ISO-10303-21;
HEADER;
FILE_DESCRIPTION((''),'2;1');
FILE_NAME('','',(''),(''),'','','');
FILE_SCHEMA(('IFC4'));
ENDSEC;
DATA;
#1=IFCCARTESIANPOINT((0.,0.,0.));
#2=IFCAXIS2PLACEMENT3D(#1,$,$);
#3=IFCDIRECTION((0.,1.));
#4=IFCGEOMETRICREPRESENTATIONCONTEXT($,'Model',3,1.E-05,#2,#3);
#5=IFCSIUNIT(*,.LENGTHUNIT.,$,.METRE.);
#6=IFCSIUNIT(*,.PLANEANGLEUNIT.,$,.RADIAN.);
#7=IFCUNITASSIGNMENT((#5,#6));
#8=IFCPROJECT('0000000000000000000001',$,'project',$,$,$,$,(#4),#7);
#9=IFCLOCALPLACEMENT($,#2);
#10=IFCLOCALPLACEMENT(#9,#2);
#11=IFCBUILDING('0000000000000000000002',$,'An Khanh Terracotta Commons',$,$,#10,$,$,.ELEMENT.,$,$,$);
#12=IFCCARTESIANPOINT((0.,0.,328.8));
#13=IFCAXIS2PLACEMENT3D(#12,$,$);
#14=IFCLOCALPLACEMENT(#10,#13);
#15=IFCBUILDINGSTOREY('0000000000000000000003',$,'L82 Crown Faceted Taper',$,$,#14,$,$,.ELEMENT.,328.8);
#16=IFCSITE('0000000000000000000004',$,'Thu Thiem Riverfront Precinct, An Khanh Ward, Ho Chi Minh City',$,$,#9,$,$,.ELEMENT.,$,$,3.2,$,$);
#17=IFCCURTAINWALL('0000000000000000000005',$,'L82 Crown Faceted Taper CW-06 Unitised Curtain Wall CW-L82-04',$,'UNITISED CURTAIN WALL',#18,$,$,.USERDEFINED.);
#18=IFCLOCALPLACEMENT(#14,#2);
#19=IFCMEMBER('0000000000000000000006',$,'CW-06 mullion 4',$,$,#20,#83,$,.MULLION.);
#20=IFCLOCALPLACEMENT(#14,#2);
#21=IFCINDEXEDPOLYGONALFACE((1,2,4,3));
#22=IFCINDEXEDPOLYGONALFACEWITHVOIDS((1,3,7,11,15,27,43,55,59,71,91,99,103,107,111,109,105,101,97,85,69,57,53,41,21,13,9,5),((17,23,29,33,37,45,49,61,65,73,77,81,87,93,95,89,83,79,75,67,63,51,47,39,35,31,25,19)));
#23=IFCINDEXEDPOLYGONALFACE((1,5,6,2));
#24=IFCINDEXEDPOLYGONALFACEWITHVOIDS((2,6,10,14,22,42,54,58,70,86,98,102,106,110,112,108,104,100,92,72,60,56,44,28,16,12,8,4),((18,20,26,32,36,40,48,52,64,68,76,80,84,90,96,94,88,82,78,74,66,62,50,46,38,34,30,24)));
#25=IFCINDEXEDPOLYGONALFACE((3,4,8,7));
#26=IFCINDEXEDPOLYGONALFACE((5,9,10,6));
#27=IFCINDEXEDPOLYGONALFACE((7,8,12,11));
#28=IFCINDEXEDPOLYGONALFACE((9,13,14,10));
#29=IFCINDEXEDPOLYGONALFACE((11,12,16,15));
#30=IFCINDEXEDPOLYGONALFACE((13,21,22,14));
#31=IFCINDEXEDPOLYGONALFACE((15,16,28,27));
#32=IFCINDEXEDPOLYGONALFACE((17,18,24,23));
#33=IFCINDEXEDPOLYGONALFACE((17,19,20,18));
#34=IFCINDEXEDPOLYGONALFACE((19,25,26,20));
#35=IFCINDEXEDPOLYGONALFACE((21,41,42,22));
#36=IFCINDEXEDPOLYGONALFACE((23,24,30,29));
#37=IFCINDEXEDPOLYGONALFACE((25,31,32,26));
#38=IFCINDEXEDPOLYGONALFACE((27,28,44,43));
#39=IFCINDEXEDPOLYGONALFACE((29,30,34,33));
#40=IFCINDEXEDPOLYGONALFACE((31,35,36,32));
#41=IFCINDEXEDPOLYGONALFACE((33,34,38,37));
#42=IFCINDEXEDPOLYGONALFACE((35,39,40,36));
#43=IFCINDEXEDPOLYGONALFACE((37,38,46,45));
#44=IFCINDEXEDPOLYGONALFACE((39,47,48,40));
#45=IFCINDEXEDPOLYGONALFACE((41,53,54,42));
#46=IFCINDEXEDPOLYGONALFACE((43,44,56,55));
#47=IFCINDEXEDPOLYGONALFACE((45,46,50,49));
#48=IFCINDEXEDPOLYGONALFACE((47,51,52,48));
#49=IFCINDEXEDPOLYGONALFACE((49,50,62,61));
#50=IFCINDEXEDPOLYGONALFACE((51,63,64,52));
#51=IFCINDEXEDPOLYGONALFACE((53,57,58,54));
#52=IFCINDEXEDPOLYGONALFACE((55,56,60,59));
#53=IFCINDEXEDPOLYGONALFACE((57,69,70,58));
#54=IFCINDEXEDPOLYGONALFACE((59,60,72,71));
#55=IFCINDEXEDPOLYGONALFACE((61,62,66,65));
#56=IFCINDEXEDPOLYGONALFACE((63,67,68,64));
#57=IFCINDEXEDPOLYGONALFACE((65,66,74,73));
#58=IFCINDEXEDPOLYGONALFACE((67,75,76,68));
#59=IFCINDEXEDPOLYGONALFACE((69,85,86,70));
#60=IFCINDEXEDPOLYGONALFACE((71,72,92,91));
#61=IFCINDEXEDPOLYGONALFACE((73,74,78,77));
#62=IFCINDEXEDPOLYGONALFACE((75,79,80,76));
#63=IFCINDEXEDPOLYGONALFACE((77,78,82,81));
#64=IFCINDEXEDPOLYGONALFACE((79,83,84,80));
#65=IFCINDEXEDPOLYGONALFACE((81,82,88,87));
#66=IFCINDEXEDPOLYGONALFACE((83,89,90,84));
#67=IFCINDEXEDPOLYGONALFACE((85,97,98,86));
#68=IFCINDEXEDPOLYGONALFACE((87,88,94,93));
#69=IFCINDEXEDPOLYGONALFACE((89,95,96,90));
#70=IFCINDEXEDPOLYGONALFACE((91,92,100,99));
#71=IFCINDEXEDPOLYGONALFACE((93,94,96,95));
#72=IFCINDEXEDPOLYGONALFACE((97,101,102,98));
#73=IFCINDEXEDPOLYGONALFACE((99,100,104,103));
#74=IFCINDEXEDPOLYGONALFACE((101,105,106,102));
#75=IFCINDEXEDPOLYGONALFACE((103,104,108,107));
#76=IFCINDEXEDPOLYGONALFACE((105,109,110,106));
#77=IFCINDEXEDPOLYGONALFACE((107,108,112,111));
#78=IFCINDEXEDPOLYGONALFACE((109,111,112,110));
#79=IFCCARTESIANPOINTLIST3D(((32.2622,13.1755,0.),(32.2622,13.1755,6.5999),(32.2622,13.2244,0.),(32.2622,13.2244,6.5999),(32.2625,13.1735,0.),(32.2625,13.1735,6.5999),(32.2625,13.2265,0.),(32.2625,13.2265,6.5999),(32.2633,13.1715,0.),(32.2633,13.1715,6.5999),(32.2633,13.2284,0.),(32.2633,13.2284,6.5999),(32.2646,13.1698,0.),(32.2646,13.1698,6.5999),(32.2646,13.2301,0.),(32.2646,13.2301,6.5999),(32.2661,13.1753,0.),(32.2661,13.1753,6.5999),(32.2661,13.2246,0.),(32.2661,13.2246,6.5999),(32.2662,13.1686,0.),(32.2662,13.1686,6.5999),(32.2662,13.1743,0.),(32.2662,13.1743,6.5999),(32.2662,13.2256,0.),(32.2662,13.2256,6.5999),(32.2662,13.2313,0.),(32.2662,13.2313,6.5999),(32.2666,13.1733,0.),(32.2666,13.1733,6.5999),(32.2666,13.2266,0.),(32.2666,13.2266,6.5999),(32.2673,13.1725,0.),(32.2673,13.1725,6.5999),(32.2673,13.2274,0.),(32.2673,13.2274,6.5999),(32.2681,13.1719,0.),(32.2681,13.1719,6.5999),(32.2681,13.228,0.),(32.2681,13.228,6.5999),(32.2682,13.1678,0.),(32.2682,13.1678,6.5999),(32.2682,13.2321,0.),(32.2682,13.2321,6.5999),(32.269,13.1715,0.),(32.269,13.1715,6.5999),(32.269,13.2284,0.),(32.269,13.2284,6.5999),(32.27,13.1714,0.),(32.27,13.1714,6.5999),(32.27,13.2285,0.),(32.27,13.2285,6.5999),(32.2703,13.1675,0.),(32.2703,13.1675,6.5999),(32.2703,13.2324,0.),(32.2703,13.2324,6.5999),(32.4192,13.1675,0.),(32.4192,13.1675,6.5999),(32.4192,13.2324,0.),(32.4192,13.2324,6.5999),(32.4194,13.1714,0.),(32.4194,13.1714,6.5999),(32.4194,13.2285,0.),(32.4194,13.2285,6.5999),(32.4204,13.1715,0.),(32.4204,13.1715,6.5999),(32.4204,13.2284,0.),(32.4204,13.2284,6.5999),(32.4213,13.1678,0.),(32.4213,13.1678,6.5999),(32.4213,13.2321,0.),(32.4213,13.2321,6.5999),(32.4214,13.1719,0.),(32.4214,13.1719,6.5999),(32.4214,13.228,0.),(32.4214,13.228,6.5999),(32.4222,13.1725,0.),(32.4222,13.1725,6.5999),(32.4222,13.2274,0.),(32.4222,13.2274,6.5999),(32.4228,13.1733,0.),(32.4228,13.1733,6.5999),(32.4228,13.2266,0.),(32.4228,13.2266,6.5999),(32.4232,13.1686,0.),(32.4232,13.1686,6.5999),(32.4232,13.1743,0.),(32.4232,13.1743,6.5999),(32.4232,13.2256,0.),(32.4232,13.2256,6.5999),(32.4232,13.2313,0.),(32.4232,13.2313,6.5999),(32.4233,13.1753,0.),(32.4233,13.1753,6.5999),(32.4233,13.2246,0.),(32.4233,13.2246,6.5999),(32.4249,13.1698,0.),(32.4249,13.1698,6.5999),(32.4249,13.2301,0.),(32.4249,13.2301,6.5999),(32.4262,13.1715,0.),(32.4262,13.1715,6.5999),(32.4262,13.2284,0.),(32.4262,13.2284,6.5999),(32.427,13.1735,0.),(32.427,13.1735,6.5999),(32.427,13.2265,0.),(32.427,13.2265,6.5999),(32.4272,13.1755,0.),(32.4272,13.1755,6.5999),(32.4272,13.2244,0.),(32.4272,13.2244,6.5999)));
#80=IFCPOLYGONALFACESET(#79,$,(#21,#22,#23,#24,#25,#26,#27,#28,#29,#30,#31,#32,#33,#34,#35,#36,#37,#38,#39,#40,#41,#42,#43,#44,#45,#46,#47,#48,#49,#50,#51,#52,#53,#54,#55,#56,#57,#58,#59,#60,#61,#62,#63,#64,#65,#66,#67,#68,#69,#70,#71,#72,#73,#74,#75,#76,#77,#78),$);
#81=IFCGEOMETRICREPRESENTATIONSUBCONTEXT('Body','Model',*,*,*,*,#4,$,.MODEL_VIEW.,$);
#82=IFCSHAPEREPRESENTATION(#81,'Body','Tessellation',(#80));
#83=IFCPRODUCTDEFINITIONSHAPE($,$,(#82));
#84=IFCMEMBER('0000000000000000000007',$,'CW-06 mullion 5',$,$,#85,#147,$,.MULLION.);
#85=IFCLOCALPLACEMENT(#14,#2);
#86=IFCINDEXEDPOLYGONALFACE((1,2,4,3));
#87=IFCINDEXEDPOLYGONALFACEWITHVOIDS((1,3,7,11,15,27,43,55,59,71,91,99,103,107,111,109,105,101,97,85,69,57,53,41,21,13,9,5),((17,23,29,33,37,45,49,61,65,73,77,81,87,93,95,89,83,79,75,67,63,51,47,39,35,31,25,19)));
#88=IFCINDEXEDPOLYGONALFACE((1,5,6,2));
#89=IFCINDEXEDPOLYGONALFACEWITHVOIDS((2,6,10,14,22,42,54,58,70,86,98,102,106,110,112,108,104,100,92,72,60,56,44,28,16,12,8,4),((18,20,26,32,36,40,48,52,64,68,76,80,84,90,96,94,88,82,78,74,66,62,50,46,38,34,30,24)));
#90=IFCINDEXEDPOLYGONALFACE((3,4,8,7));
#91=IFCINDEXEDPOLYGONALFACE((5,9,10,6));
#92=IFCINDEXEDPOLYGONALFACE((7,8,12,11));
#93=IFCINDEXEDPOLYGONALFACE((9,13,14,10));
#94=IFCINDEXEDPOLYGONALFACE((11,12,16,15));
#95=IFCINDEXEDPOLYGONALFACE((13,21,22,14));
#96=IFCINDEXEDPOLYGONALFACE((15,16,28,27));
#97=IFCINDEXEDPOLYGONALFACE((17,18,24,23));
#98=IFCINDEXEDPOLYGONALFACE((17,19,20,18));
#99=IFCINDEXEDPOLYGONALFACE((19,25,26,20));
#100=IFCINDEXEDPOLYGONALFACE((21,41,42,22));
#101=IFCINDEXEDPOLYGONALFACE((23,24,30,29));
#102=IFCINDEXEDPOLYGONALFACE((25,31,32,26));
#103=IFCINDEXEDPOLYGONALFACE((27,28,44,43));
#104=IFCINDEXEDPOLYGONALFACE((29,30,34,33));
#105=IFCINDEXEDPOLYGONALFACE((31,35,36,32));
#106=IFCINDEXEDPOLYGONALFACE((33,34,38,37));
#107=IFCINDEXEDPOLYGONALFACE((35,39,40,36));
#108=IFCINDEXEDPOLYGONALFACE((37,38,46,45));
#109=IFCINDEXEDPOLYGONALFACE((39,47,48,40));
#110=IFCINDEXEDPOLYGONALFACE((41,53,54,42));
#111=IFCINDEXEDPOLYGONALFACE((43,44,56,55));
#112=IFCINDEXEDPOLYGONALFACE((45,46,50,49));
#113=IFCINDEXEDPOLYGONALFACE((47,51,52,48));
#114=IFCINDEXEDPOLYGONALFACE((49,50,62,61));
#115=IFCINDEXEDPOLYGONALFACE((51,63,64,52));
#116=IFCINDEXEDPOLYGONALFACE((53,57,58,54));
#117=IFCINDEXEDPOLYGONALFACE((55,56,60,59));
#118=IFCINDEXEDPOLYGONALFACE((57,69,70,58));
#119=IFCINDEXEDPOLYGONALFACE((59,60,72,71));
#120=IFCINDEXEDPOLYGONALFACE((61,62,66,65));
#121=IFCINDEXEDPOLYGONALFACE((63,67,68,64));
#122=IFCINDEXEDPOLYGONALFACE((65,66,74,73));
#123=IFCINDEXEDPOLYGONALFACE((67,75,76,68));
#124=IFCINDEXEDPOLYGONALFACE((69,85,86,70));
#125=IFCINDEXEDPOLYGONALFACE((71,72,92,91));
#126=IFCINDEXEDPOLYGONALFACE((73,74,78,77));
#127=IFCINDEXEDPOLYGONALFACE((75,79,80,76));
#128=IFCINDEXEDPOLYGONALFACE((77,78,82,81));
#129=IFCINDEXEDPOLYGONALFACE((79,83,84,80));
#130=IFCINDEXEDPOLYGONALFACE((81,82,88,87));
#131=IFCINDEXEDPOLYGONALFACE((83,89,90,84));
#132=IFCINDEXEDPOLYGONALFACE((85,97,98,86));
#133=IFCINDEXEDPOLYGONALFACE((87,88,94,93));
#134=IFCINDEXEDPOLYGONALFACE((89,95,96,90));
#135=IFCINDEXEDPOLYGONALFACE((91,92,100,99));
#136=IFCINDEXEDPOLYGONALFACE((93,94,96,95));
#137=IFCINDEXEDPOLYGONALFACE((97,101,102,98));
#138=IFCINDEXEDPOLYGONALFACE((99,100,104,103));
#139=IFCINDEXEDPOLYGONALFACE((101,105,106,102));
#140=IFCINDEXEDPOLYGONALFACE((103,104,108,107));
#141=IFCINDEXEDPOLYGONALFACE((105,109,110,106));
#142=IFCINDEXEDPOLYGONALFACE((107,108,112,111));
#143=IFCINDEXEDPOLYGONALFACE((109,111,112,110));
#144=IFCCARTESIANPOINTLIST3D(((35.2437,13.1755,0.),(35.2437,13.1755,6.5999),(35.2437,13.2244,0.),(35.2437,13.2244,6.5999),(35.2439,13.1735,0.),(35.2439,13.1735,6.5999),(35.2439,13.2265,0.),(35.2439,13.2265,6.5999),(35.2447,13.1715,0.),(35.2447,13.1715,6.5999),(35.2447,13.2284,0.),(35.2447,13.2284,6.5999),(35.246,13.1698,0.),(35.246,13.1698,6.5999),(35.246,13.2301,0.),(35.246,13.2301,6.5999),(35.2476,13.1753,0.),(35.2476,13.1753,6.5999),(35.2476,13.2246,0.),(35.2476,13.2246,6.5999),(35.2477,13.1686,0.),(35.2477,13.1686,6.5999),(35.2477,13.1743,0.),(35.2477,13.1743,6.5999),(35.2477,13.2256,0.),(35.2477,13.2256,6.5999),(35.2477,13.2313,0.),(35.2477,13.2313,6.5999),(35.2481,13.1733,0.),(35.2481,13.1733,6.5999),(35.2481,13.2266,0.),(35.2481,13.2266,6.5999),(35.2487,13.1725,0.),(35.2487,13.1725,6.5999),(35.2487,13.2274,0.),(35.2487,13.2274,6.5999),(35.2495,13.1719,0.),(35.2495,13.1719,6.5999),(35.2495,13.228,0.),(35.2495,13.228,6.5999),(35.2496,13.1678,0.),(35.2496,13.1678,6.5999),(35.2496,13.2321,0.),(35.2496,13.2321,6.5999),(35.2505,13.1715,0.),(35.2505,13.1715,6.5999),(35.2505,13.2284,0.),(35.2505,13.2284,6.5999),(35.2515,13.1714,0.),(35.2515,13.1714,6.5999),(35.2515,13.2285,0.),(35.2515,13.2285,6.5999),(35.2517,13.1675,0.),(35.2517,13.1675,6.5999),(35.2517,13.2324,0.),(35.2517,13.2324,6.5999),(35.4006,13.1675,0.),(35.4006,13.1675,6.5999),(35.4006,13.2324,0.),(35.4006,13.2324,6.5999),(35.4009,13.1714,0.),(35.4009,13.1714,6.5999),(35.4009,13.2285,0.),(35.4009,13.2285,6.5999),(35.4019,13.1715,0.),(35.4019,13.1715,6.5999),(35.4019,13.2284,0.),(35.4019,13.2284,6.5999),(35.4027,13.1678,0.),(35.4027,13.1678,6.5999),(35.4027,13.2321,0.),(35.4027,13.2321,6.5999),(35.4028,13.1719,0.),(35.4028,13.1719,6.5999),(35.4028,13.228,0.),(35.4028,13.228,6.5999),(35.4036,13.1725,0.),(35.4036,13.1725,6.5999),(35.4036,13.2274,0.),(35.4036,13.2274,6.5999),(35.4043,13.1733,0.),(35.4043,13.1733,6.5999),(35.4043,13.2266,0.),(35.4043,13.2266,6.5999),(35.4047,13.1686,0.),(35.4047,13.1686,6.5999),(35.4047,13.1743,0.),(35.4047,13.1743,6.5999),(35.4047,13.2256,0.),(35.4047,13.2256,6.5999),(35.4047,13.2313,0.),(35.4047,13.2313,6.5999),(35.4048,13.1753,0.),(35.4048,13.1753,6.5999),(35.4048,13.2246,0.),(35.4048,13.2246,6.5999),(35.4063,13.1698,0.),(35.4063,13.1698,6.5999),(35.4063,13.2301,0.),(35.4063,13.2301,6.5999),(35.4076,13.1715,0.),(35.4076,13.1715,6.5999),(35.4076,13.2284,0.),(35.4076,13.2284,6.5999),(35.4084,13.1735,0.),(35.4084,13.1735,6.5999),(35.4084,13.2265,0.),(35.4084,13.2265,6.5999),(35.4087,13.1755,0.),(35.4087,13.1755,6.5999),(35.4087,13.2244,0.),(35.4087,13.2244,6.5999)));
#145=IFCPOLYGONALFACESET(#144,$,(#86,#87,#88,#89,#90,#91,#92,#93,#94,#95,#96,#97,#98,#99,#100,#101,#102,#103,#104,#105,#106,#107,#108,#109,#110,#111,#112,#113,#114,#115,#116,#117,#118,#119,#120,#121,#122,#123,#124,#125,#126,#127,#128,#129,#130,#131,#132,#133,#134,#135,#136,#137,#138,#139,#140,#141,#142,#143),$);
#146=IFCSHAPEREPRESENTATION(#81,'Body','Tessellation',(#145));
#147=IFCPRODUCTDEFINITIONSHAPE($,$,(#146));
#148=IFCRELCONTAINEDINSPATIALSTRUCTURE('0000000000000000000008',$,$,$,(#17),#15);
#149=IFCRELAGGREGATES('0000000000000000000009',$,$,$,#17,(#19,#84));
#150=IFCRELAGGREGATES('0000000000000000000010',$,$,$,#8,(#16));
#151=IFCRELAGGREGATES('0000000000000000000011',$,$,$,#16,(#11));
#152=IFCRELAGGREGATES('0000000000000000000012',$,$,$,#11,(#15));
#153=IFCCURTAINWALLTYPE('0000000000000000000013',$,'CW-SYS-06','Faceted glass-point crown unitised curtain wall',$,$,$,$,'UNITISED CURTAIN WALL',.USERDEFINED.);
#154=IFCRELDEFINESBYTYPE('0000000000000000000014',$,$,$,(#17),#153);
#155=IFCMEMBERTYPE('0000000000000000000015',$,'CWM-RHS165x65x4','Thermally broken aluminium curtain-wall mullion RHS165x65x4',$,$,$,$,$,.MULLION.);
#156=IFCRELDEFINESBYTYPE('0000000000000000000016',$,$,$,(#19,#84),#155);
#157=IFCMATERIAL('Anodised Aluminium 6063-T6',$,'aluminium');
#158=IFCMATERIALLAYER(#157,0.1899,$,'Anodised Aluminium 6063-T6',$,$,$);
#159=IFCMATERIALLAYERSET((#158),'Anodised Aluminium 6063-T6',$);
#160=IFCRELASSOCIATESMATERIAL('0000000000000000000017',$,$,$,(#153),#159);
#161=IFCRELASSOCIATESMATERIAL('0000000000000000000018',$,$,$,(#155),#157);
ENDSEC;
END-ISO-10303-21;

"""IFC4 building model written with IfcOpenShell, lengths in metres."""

from ifc_helpers import new_model, si_unit, direction, frame, origin, origin_2d, place, context, subcontext, project, spatial, hollow_rectangle, extrude, material, layer, layer_set, material_profile, profile_set, type_object, element, aggregate, save


model = new_model("IFC4")

# Units and contexts
model_context = context("Model", 3, precision=1e-05, world=origin(), true_north=direction((0.0, 1.0)))
body_context = subcontext(model_context, "Body", "Model", "MODEL_VIEW")
ifc_project = project(units=[si_unit("LENGTHUNIT", "METRE"), si_unit("PLANEANGLEUNIT", "RADIAN")], contexts=[model_context])

# Site, building, storey
site_placement = place(None, origin())
site = spatial("IfcSite", under=ifc_project, at=site_placement, Name="Thu Thiem Riverfront Precinct, An Khanh Ward, Ho Chi Minh City", CompositionType="ELEMENT", RefElevation=3.2)
building_placement = place(site_placement, origin())
building = spatial("IfcBuilding", under=site, at=building_placement, Name="An Khanh Terracotta Commons", CompositionType="ELEMENT")
storey_placement = place(building_placement, frame((0.0, 0.0, 328.8)))
storey = spatial("IfcBuildingStorey", under=building, at=storey_placement, Name="L82 Crown Faceted Taper", CompositionType="ELEMENT", Elevation=328.8)

# Curtain wall, members
ifc_material_1 = material(Name="Anodised Aluminium 6063-T6", Category="aluminium")
ifc_layer_1 = layer(ifc_material_1, 0.1899, Name="Anodised Aluminium 6063-T6")
ifc_layer_set_1 = layer_set([ifc_layer_1], Name="Anodised Aluminium 6063-T6")
curtain_wall_type = type_object("IfcCurtainWallType", Name="CW-SYS-06", Description="Faceted glass-point crown unitised curtain wall", ElementType="UNITISED CURTAIN WALL", PredefinedType="USERDEFINED", material=ifc_layer_set_1)
curtain_wall_placement = place(storey_placement, origin())
curtain_wall = element("IfcCurtainWall", 1, at=curtain_wall_placement, inside=storey, type_object=curtain_wall_type, Name="L82 Crown Faceted Taper CW-06 Unitised Curtain Wall CW-L82-04", ObjectType="UNITISED CURTAIN WALL", PredefinedType="USERDEFINED")
ifc_material_profile_1 = material_profile(ifc_material_1, hollow_rectangle(XDim=0.0649, YDim=0.165, WallThickness=0.0039, InnerFilletRadius=0.0039, OuterFilletRadius=0.0081, at=origin_2d()), Name="RHS165x65x4")
ifc_profile_set_1 = profile_set([ifc_material_profile_1], Name="Anodised Aluminium 6063-T6")
member_type_1 = type_object("IfcMemberType", Name="CWM-RHS165x65x4", Description="Thermally broken aluminium curtain-wall mullion RHS165x65x4", PredefinedType="MULLION", material=ifc_profile_set_1)
member_1_placement = place(storey_placement, frame((32.3447, 13.2, 0.0), z_axis=(0.0, 0.0, 1.0), x_axis=(0.0, 1.0, 0.0)))
member_1 = element("IfcMember", 2, at=member_1_placement, type_object=member_type_1, Name="CW-06 mullion 4", PredefinedType="MULLION", context=body_context, shape_type="SweptSolid", body=[
    extrude(hollow_rectangle(XDim=0.0649, YDim=0.165, WallThickness=0.0039, InnerFilletRadius=0.0039, OuterFilletRadius=0.0081, at=origin_2d()), origin(), (0.0, 0.0, 1.0), 6.5999),
])
member_2_placement = place(storey_placement, frame((35.3262, 13.2, 0.0), z_axis=(0.0, 0.0, 1.0), x_axis=(0.0, 1.0, 0.0)))
member_2 = element("IfcMember", 3, at=member_2_placement, type_object=member_type_1, Name="CW-06 mullion 5", PredefinedType="MULLION", context=body_context, shape_type="SweptSolid", body=[
    extrude(hollow_rectangle(XDim=0.0649, YDim=0.165, WallThickness=0.0039, InnerFilletRadius=0.0039, OuterFilletRadius=0.0081, at=origin_2d()), origin(), (0.0, 0.0, 1.0), 6.5999),
])
aggregate(curtain_wall, [member_1, member_2])

save(model, "model.ifc")
